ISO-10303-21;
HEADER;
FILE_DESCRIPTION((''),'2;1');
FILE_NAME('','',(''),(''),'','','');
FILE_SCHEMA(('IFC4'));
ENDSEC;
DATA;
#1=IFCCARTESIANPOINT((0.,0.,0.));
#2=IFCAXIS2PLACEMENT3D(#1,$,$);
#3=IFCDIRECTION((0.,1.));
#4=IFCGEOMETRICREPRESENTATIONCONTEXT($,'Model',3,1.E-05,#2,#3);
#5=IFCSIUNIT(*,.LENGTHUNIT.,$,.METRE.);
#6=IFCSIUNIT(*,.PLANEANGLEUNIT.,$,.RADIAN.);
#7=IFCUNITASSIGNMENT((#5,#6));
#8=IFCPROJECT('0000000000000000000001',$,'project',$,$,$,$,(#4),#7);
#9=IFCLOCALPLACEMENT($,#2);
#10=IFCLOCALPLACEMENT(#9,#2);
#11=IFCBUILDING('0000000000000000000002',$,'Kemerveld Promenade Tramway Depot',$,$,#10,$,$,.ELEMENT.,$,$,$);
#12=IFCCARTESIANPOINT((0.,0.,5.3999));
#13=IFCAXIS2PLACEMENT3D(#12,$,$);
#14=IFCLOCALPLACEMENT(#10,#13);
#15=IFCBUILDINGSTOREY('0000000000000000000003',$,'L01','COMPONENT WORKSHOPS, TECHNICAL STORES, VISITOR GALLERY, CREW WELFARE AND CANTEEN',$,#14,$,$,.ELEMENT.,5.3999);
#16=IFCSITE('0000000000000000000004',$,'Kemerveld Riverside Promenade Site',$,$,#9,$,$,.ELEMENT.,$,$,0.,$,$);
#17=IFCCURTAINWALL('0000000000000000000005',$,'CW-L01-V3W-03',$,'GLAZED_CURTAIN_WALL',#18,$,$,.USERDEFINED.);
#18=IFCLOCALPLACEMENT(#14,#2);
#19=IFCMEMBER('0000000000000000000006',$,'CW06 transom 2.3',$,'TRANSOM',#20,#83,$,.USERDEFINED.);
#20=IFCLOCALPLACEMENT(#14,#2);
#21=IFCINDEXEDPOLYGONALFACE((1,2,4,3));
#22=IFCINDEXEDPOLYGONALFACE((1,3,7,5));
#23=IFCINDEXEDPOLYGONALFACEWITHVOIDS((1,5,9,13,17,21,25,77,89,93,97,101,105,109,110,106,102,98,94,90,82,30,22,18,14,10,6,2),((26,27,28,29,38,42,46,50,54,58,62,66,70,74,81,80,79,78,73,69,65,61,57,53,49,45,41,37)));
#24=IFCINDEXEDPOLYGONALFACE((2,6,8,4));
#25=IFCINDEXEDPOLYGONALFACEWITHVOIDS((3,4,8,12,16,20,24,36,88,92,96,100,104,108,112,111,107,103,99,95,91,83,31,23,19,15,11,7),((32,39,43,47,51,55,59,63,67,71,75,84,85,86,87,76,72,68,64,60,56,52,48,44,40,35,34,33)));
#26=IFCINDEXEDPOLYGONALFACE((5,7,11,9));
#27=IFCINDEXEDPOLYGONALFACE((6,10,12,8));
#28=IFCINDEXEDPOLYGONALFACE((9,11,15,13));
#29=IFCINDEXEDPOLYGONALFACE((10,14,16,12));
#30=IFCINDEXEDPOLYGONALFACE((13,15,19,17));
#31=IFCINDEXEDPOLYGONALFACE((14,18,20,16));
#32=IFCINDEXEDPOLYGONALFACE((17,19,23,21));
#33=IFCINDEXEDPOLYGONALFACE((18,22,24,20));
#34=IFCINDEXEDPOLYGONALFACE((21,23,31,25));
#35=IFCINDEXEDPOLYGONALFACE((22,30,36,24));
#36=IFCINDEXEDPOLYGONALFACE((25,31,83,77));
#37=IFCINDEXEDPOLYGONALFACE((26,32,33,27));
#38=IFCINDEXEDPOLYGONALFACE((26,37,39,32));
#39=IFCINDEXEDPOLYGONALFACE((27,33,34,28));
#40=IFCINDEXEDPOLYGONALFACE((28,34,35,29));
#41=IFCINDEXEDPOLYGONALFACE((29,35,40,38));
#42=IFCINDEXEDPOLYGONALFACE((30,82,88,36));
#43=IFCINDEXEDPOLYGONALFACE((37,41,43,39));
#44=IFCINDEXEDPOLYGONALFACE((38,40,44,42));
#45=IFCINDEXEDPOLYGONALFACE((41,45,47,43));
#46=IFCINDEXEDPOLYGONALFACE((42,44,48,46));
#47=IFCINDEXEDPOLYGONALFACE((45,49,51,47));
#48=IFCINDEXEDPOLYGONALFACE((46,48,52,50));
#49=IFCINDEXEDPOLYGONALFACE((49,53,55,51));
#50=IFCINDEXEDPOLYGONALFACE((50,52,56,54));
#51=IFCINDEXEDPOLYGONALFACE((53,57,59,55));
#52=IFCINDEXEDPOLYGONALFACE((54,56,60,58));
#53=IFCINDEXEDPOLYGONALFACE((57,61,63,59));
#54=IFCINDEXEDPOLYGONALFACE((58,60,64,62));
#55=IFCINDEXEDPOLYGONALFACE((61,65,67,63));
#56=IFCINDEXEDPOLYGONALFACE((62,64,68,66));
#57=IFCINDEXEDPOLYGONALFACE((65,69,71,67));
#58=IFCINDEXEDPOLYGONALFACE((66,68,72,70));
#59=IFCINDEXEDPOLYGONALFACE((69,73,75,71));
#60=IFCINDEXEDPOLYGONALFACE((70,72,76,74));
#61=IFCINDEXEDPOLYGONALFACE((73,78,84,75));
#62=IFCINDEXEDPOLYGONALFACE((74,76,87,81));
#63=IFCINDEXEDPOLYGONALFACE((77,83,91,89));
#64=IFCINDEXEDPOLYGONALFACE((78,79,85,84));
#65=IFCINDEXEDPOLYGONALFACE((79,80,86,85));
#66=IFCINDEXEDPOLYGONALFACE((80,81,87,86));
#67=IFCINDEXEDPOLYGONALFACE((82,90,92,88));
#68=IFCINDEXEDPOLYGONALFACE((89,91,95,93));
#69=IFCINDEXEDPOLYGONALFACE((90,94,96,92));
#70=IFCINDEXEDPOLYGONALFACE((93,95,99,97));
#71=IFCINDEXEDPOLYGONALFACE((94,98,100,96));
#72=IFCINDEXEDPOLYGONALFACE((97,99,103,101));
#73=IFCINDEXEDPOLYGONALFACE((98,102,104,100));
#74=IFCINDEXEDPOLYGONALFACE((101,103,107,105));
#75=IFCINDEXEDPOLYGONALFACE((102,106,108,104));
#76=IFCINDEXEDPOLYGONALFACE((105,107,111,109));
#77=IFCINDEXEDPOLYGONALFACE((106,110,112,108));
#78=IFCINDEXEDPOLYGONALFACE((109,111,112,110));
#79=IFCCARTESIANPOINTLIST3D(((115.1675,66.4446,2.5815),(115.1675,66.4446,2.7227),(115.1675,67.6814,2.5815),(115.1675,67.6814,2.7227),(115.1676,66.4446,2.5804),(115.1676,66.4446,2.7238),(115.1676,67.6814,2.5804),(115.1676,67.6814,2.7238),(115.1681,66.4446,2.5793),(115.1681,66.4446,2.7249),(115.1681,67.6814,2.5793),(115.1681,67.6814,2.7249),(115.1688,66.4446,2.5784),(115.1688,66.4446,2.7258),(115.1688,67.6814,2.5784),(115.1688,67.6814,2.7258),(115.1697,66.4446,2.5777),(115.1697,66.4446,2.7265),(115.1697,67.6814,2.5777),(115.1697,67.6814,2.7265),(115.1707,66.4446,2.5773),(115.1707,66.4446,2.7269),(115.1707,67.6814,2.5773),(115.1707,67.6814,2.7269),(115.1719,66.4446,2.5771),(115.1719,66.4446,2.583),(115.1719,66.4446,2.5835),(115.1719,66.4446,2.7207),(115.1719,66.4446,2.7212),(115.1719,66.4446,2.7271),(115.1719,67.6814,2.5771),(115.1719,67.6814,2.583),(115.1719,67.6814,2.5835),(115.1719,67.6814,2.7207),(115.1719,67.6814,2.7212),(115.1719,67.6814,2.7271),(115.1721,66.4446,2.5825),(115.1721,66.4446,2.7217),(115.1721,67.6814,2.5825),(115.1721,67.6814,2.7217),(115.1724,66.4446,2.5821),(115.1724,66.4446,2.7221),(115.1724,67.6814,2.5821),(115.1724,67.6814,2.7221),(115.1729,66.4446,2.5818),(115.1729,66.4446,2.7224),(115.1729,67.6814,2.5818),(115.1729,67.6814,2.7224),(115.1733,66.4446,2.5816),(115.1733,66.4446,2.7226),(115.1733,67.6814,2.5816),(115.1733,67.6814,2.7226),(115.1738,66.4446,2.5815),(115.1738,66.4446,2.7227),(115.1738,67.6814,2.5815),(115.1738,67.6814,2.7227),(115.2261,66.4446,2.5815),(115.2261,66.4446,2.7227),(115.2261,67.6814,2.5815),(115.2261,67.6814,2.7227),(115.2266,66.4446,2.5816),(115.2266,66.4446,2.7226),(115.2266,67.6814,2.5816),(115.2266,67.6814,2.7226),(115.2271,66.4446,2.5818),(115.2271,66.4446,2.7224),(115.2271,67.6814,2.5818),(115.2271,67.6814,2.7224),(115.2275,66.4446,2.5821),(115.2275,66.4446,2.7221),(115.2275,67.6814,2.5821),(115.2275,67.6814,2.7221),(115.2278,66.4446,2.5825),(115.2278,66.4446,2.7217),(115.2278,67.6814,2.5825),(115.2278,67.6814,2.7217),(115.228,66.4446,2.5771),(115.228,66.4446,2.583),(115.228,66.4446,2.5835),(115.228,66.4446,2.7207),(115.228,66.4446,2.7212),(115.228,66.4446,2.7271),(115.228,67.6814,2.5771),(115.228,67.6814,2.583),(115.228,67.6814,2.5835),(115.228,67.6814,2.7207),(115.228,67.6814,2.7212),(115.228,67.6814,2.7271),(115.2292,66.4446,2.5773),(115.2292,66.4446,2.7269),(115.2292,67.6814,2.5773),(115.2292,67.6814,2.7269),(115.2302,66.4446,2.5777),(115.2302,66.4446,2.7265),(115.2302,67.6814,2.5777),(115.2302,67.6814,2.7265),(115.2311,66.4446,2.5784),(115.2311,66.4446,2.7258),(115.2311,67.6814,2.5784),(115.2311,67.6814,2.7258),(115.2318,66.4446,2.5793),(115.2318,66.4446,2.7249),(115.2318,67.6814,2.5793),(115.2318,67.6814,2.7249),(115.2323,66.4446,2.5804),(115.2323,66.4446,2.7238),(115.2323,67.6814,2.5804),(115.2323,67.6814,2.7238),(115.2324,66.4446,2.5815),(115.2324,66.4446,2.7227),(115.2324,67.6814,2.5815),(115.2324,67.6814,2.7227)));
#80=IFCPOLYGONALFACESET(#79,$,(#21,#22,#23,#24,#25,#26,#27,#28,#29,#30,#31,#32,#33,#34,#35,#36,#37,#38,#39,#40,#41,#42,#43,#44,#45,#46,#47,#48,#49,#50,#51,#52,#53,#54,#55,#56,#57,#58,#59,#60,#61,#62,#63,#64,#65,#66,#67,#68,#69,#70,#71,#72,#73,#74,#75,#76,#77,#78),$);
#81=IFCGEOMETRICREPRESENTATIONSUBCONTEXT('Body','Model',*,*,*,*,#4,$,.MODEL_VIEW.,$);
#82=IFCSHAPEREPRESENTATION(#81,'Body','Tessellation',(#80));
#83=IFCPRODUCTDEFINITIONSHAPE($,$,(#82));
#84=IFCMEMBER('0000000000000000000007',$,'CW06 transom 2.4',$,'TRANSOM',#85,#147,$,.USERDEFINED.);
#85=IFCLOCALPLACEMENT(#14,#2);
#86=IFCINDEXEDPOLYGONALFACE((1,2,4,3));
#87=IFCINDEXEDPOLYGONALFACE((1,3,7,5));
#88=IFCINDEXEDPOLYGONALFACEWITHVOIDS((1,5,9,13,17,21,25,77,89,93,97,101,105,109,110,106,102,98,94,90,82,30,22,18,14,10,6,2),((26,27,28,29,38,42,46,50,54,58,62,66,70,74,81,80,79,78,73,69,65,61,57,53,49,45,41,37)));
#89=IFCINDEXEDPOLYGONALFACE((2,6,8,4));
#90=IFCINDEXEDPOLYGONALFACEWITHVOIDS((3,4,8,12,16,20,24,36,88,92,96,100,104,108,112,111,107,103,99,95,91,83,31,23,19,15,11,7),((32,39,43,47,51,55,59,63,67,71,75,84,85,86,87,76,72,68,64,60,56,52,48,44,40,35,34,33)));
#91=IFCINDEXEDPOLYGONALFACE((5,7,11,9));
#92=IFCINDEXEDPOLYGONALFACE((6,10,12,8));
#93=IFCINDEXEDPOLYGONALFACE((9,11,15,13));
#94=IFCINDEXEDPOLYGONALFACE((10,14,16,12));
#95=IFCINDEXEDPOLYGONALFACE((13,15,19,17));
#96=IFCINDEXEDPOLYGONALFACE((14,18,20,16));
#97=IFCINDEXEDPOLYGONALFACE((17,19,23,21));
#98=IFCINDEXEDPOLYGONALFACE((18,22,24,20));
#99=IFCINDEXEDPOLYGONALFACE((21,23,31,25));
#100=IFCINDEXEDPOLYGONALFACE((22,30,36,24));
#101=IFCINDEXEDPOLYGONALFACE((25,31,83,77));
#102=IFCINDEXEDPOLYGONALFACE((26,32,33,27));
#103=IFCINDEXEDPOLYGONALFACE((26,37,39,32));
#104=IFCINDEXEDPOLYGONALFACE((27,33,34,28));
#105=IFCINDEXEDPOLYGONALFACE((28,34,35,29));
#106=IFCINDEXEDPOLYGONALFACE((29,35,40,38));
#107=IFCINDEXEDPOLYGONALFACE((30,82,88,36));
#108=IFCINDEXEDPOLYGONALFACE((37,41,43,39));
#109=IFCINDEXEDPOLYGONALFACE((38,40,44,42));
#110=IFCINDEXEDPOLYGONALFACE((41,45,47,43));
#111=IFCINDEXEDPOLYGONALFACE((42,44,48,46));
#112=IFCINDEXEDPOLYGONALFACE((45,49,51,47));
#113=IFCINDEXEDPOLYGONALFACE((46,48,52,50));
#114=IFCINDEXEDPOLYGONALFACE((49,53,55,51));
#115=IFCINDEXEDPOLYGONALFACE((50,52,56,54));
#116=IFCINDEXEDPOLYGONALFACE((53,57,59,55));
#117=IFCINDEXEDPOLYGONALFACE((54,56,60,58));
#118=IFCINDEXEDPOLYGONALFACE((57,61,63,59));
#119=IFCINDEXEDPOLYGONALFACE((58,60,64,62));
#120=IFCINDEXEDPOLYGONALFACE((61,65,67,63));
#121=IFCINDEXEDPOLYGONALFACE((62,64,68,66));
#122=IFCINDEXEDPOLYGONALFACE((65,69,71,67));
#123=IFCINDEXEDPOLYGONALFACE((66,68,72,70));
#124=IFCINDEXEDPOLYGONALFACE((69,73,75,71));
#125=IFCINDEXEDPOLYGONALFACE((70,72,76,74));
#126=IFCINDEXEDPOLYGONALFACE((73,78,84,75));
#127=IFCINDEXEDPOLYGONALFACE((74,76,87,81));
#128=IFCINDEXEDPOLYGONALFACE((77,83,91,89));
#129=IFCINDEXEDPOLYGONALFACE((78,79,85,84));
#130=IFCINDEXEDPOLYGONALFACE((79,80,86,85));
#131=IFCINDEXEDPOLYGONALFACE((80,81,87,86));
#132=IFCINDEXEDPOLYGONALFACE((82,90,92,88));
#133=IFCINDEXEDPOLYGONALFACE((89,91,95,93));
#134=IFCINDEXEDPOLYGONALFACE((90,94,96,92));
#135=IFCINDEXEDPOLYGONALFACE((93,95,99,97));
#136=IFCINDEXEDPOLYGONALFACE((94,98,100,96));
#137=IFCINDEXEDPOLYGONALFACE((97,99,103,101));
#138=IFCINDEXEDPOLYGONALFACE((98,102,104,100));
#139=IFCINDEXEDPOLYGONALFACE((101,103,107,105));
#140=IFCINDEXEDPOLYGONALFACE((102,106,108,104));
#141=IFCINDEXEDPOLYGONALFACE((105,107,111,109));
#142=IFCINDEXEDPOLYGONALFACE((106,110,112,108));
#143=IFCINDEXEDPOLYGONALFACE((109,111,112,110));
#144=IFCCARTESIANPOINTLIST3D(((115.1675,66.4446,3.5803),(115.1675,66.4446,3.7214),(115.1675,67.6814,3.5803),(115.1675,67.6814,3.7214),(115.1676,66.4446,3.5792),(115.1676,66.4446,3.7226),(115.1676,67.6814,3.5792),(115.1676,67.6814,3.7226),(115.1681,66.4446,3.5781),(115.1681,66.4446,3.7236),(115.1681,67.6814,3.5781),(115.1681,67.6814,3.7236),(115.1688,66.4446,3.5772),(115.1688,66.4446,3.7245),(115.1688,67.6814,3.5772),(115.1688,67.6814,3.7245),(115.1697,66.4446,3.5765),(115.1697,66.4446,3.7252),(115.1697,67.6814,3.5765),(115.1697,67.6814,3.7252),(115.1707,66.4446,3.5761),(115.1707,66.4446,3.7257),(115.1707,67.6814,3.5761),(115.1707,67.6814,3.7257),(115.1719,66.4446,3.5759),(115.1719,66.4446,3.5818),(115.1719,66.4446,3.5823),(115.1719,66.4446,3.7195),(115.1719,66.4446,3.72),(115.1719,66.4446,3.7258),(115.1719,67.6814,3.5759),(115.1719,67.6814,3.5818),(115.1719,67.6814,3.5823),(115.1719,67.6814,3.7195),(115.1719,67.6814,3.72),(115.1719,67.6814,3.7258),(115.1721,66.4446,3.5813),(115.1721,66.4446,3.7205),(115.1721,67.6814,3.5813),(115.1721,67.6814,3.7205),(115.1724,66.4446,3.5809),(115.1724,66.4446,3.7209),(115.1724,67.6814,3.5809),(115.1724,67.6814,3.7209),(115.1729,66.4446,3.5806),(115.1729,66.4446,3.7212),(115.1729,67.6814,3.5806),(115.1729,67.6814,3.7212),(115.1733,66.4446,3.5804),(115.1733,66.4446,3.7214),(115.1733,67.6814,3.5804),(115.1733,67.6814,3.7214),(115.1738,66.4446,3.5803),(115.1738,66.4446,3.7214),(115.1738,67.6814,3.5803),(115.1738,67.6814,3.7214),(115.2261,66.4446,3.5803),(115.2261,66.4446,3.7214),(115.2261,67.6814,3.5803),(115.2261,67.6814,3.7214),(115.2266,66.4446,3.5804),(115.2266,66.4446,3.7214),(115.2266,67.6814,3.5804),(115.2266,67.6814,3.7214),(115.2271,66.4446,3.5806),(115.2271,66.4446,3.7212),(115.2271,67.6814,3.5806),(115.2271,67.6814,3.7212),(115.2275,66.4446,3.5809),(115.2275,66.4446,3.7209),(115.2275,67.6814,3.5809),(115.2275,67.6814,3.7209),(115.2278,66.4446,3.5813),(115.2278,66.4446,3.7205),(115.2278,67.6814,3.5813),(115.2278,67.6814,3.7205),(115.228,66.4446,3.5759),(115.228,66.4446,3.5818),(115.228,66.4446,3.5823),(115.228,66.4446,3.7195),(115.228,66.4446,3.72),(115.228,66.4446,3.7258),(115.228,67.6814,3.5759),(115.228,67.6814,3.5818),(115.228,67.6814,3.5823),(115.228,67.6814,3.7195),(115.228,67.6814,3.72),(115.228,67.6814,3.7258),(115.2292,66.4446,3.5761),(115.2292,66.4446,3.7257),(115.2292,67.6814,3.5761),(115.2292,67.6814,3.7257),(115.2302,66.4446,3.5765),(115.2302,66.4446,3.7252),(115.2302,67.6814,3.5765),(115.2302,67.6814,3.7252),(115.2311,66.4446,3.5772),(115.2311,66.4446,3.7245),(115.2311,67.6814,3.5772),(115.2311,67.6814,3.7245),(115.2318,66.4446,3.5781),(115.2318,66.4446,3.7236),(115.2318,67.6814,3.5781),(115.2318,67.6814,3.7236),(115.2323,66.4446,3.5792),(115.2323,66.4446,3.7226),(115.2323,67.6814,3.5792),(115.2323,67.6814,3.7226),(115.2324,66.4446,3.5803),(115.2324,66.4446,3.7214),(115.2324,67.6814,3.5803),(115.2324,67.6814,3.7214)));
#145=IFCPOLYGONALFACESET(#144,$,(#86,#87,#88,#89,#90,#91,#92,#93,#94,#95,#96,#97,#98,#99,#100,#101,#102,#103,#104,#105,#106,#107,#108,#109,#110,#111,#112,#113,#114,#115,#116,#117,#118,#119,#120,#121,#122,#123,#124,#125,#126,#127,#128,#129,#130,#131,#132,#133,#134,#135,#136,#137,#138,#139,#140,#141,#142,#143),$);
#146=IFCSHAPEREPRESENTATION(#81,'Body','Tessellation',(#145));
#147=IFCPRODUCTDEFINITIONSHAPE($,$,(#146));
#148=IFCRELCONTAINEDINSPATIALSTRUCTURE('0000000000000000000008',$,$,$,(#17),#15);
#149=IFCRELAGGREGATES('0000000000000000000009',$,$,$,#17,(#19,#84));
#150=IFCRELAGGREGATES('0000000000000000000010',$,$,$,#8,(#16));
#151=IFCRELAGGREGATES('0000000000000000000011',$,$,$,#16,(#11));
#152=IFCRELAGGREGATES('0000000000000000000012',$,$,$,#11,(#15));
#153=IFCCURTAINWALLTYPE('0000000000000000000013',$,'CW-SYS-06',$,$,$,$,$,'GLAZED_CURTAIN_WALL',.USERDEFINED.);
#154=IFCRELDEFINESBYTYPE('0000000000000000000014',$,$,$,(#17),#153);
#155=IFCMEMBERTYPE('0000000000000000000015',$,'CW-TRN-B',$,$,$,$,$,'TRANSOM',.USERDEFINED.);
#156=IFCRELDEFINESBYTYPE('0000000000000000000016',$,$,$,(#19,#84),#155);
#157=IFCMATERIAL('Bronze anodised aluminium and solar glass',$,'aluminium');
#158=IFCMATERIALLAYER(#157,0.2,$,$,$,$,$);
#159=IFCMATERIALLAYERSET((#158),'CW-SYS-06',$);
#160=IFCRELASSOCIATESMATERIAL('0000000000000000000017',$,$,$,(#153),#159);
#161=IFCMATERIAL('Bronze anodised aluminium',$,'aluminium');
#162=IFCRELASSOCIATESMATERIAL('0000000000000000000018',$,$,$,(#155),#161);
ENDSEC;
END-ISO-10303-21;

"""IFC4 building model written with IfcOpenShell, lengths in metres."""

from ifc_helpers import new_model, si_unit, direction, frame, origin, origin_2d, place, context, subcontext, project, spatial, hollow_rectangle, extrude, material, layer, layer_set, material_profile, profile_set, type_object, element, aggregate, save


model = new_model("IFC4")

# Units and contexts
model_context = context("Model", 3, precision=1e-05, world=origin(), true_north=direction((0.0, 1.0)))
body_context = subcontext(model_context, "Body", "Model", "MODEL_VIEW")
ifc_project = project(units=[si_unit("LENGTHUNIT", "METRE"), si_unit("PLANEANGLEUNIT", "RADIAN")], contexts=[model_context])

# Site, building, storey
site_placement = place(None, origin())
site = spatial("IfcSite", under=ifc_project, at=site_placement, Name="Kemerveld Riverside Promenade Site", CompositionType="ELEMENT", RefElevation=0.0)
building_placement = place(site_placement, origin())
building = spatial("IfcBuilding", under=site, at=building_placement, Name="Kemerveld Promenade Tramway Depot", CompositionType="ELEMENT")
storey_placement = place(building_placement, frame((0.0, 0.0, 5.3999)))
storey = spatial("IfcBuildingStorey", under=building, at=storey_placement, Name="L01", Description="COMPONENT WORKSHOPS, TECHNICAL STORES, VISITOR GALLERY, CREW WELFARE AND CANTEEN", CompositionType="ELEMENT", Elevation=5.3999)

# Curtain wall, members
ifc_material_1 = material(Name="Bronze anodised aluminium and solar glass", Category="aluminium")
ifc_layer_1 = layer(ifc_material_1, 0.2)
ifc_layer_set_1 = layer_set([ifc_layer_1], Name="CW-SYS-06")
curtain_wall_type = type_object("IfcCurtainWallType", Name="CW-SYS-06", ElementType="GLAZED_CURTAIN_WALL", PredefinedType="USERDEFINED", material=ifc_layer_set_1)
curtain_wall_placement = place(storey_placement, origin())
curtain_wall = element("IfcCurtainWall", 1, at=curtain_wall_placement, inside=storey, type_object=curtain_wall_type, Name="CW-L01-V3W-03", ObjectType="GLAZED_CURTAIN_WALL", PredefinedType="USERDEFINED")
ifc_material_2 = material(Name="Bronze anodised aluminium", Category="aluminium")
ifc_material_profile_1 = material_profile(ifc_material_2, hollow_rectangle(XDim=0.0649, YDim=0.1499, WallThickness=0.0044, InnerFilletRadius=0.002, OuterFilletRadius=0.0044, at=origin_2d()), Name="CW-TRN-150x65")
ifc_profile_set_1 = profile_set([ifc_material_profile_1], Name="Bronze anodised aluminium")
member_type_1 = type_object("IfcMemberType", Name="CW-TRN-B", ElementType="TRANSOM", PredefinedType="USERDEFINED", material=ifc_profile_set_1)
member_1_placement = place(storey_placement, frame((115.2, 66.4446, 2.6521), z_axis=(0.0, 1.0, 0.0), x_axis=(-1.0, 0.0, 0.0)))
member_1 = element("IfcMember", 2, at=member_1_placement, type_object=member_type_1, Name="CW06 transom 2.3", ObjectType="TRANSOM", PredefinedType="USERDEFINED", context=body_context, shape_type="SweptSolid", body=[
    extrude(hollow_rectangle(XDim=0.0649, YDim=0.1499, WallThickness=0.0044, InnerFilletRadius=0.002, OuterFilletRadius=0.0044, at=origin_2d()), origin(), (0.0, 0.0, 1.0), 1.2368),
])
member_2_placement = place(storey_placement, frame((115.2, 66.4446, 3.6509), z_axis=(0.0, 1.0, 0.0), x_axis=(-1.0, 0.0, 0.0)))
member_2 = element("IfcMember", 3, at=member_2_placement, type_object=member_type_1, Name="CW06 transom 2.4", ObjectType="TRANSOM", PredefinedType="USERDEFINED", context=body_context, shape_type="SweptSolid", body=[
    extrude(hollow_rectangle(XDim=0.0649, YDim=0.1499, WallThickness=0.0044, InnerFilletRadius=0.002, OuterFilletRadius=0.0044, at=origin_2d()), origin(), (0.0, 0.0, 1.0), 1.2368),
])
aggregate(curtain_wall, [member_1, member_2])

save(model, "model.ifc")
